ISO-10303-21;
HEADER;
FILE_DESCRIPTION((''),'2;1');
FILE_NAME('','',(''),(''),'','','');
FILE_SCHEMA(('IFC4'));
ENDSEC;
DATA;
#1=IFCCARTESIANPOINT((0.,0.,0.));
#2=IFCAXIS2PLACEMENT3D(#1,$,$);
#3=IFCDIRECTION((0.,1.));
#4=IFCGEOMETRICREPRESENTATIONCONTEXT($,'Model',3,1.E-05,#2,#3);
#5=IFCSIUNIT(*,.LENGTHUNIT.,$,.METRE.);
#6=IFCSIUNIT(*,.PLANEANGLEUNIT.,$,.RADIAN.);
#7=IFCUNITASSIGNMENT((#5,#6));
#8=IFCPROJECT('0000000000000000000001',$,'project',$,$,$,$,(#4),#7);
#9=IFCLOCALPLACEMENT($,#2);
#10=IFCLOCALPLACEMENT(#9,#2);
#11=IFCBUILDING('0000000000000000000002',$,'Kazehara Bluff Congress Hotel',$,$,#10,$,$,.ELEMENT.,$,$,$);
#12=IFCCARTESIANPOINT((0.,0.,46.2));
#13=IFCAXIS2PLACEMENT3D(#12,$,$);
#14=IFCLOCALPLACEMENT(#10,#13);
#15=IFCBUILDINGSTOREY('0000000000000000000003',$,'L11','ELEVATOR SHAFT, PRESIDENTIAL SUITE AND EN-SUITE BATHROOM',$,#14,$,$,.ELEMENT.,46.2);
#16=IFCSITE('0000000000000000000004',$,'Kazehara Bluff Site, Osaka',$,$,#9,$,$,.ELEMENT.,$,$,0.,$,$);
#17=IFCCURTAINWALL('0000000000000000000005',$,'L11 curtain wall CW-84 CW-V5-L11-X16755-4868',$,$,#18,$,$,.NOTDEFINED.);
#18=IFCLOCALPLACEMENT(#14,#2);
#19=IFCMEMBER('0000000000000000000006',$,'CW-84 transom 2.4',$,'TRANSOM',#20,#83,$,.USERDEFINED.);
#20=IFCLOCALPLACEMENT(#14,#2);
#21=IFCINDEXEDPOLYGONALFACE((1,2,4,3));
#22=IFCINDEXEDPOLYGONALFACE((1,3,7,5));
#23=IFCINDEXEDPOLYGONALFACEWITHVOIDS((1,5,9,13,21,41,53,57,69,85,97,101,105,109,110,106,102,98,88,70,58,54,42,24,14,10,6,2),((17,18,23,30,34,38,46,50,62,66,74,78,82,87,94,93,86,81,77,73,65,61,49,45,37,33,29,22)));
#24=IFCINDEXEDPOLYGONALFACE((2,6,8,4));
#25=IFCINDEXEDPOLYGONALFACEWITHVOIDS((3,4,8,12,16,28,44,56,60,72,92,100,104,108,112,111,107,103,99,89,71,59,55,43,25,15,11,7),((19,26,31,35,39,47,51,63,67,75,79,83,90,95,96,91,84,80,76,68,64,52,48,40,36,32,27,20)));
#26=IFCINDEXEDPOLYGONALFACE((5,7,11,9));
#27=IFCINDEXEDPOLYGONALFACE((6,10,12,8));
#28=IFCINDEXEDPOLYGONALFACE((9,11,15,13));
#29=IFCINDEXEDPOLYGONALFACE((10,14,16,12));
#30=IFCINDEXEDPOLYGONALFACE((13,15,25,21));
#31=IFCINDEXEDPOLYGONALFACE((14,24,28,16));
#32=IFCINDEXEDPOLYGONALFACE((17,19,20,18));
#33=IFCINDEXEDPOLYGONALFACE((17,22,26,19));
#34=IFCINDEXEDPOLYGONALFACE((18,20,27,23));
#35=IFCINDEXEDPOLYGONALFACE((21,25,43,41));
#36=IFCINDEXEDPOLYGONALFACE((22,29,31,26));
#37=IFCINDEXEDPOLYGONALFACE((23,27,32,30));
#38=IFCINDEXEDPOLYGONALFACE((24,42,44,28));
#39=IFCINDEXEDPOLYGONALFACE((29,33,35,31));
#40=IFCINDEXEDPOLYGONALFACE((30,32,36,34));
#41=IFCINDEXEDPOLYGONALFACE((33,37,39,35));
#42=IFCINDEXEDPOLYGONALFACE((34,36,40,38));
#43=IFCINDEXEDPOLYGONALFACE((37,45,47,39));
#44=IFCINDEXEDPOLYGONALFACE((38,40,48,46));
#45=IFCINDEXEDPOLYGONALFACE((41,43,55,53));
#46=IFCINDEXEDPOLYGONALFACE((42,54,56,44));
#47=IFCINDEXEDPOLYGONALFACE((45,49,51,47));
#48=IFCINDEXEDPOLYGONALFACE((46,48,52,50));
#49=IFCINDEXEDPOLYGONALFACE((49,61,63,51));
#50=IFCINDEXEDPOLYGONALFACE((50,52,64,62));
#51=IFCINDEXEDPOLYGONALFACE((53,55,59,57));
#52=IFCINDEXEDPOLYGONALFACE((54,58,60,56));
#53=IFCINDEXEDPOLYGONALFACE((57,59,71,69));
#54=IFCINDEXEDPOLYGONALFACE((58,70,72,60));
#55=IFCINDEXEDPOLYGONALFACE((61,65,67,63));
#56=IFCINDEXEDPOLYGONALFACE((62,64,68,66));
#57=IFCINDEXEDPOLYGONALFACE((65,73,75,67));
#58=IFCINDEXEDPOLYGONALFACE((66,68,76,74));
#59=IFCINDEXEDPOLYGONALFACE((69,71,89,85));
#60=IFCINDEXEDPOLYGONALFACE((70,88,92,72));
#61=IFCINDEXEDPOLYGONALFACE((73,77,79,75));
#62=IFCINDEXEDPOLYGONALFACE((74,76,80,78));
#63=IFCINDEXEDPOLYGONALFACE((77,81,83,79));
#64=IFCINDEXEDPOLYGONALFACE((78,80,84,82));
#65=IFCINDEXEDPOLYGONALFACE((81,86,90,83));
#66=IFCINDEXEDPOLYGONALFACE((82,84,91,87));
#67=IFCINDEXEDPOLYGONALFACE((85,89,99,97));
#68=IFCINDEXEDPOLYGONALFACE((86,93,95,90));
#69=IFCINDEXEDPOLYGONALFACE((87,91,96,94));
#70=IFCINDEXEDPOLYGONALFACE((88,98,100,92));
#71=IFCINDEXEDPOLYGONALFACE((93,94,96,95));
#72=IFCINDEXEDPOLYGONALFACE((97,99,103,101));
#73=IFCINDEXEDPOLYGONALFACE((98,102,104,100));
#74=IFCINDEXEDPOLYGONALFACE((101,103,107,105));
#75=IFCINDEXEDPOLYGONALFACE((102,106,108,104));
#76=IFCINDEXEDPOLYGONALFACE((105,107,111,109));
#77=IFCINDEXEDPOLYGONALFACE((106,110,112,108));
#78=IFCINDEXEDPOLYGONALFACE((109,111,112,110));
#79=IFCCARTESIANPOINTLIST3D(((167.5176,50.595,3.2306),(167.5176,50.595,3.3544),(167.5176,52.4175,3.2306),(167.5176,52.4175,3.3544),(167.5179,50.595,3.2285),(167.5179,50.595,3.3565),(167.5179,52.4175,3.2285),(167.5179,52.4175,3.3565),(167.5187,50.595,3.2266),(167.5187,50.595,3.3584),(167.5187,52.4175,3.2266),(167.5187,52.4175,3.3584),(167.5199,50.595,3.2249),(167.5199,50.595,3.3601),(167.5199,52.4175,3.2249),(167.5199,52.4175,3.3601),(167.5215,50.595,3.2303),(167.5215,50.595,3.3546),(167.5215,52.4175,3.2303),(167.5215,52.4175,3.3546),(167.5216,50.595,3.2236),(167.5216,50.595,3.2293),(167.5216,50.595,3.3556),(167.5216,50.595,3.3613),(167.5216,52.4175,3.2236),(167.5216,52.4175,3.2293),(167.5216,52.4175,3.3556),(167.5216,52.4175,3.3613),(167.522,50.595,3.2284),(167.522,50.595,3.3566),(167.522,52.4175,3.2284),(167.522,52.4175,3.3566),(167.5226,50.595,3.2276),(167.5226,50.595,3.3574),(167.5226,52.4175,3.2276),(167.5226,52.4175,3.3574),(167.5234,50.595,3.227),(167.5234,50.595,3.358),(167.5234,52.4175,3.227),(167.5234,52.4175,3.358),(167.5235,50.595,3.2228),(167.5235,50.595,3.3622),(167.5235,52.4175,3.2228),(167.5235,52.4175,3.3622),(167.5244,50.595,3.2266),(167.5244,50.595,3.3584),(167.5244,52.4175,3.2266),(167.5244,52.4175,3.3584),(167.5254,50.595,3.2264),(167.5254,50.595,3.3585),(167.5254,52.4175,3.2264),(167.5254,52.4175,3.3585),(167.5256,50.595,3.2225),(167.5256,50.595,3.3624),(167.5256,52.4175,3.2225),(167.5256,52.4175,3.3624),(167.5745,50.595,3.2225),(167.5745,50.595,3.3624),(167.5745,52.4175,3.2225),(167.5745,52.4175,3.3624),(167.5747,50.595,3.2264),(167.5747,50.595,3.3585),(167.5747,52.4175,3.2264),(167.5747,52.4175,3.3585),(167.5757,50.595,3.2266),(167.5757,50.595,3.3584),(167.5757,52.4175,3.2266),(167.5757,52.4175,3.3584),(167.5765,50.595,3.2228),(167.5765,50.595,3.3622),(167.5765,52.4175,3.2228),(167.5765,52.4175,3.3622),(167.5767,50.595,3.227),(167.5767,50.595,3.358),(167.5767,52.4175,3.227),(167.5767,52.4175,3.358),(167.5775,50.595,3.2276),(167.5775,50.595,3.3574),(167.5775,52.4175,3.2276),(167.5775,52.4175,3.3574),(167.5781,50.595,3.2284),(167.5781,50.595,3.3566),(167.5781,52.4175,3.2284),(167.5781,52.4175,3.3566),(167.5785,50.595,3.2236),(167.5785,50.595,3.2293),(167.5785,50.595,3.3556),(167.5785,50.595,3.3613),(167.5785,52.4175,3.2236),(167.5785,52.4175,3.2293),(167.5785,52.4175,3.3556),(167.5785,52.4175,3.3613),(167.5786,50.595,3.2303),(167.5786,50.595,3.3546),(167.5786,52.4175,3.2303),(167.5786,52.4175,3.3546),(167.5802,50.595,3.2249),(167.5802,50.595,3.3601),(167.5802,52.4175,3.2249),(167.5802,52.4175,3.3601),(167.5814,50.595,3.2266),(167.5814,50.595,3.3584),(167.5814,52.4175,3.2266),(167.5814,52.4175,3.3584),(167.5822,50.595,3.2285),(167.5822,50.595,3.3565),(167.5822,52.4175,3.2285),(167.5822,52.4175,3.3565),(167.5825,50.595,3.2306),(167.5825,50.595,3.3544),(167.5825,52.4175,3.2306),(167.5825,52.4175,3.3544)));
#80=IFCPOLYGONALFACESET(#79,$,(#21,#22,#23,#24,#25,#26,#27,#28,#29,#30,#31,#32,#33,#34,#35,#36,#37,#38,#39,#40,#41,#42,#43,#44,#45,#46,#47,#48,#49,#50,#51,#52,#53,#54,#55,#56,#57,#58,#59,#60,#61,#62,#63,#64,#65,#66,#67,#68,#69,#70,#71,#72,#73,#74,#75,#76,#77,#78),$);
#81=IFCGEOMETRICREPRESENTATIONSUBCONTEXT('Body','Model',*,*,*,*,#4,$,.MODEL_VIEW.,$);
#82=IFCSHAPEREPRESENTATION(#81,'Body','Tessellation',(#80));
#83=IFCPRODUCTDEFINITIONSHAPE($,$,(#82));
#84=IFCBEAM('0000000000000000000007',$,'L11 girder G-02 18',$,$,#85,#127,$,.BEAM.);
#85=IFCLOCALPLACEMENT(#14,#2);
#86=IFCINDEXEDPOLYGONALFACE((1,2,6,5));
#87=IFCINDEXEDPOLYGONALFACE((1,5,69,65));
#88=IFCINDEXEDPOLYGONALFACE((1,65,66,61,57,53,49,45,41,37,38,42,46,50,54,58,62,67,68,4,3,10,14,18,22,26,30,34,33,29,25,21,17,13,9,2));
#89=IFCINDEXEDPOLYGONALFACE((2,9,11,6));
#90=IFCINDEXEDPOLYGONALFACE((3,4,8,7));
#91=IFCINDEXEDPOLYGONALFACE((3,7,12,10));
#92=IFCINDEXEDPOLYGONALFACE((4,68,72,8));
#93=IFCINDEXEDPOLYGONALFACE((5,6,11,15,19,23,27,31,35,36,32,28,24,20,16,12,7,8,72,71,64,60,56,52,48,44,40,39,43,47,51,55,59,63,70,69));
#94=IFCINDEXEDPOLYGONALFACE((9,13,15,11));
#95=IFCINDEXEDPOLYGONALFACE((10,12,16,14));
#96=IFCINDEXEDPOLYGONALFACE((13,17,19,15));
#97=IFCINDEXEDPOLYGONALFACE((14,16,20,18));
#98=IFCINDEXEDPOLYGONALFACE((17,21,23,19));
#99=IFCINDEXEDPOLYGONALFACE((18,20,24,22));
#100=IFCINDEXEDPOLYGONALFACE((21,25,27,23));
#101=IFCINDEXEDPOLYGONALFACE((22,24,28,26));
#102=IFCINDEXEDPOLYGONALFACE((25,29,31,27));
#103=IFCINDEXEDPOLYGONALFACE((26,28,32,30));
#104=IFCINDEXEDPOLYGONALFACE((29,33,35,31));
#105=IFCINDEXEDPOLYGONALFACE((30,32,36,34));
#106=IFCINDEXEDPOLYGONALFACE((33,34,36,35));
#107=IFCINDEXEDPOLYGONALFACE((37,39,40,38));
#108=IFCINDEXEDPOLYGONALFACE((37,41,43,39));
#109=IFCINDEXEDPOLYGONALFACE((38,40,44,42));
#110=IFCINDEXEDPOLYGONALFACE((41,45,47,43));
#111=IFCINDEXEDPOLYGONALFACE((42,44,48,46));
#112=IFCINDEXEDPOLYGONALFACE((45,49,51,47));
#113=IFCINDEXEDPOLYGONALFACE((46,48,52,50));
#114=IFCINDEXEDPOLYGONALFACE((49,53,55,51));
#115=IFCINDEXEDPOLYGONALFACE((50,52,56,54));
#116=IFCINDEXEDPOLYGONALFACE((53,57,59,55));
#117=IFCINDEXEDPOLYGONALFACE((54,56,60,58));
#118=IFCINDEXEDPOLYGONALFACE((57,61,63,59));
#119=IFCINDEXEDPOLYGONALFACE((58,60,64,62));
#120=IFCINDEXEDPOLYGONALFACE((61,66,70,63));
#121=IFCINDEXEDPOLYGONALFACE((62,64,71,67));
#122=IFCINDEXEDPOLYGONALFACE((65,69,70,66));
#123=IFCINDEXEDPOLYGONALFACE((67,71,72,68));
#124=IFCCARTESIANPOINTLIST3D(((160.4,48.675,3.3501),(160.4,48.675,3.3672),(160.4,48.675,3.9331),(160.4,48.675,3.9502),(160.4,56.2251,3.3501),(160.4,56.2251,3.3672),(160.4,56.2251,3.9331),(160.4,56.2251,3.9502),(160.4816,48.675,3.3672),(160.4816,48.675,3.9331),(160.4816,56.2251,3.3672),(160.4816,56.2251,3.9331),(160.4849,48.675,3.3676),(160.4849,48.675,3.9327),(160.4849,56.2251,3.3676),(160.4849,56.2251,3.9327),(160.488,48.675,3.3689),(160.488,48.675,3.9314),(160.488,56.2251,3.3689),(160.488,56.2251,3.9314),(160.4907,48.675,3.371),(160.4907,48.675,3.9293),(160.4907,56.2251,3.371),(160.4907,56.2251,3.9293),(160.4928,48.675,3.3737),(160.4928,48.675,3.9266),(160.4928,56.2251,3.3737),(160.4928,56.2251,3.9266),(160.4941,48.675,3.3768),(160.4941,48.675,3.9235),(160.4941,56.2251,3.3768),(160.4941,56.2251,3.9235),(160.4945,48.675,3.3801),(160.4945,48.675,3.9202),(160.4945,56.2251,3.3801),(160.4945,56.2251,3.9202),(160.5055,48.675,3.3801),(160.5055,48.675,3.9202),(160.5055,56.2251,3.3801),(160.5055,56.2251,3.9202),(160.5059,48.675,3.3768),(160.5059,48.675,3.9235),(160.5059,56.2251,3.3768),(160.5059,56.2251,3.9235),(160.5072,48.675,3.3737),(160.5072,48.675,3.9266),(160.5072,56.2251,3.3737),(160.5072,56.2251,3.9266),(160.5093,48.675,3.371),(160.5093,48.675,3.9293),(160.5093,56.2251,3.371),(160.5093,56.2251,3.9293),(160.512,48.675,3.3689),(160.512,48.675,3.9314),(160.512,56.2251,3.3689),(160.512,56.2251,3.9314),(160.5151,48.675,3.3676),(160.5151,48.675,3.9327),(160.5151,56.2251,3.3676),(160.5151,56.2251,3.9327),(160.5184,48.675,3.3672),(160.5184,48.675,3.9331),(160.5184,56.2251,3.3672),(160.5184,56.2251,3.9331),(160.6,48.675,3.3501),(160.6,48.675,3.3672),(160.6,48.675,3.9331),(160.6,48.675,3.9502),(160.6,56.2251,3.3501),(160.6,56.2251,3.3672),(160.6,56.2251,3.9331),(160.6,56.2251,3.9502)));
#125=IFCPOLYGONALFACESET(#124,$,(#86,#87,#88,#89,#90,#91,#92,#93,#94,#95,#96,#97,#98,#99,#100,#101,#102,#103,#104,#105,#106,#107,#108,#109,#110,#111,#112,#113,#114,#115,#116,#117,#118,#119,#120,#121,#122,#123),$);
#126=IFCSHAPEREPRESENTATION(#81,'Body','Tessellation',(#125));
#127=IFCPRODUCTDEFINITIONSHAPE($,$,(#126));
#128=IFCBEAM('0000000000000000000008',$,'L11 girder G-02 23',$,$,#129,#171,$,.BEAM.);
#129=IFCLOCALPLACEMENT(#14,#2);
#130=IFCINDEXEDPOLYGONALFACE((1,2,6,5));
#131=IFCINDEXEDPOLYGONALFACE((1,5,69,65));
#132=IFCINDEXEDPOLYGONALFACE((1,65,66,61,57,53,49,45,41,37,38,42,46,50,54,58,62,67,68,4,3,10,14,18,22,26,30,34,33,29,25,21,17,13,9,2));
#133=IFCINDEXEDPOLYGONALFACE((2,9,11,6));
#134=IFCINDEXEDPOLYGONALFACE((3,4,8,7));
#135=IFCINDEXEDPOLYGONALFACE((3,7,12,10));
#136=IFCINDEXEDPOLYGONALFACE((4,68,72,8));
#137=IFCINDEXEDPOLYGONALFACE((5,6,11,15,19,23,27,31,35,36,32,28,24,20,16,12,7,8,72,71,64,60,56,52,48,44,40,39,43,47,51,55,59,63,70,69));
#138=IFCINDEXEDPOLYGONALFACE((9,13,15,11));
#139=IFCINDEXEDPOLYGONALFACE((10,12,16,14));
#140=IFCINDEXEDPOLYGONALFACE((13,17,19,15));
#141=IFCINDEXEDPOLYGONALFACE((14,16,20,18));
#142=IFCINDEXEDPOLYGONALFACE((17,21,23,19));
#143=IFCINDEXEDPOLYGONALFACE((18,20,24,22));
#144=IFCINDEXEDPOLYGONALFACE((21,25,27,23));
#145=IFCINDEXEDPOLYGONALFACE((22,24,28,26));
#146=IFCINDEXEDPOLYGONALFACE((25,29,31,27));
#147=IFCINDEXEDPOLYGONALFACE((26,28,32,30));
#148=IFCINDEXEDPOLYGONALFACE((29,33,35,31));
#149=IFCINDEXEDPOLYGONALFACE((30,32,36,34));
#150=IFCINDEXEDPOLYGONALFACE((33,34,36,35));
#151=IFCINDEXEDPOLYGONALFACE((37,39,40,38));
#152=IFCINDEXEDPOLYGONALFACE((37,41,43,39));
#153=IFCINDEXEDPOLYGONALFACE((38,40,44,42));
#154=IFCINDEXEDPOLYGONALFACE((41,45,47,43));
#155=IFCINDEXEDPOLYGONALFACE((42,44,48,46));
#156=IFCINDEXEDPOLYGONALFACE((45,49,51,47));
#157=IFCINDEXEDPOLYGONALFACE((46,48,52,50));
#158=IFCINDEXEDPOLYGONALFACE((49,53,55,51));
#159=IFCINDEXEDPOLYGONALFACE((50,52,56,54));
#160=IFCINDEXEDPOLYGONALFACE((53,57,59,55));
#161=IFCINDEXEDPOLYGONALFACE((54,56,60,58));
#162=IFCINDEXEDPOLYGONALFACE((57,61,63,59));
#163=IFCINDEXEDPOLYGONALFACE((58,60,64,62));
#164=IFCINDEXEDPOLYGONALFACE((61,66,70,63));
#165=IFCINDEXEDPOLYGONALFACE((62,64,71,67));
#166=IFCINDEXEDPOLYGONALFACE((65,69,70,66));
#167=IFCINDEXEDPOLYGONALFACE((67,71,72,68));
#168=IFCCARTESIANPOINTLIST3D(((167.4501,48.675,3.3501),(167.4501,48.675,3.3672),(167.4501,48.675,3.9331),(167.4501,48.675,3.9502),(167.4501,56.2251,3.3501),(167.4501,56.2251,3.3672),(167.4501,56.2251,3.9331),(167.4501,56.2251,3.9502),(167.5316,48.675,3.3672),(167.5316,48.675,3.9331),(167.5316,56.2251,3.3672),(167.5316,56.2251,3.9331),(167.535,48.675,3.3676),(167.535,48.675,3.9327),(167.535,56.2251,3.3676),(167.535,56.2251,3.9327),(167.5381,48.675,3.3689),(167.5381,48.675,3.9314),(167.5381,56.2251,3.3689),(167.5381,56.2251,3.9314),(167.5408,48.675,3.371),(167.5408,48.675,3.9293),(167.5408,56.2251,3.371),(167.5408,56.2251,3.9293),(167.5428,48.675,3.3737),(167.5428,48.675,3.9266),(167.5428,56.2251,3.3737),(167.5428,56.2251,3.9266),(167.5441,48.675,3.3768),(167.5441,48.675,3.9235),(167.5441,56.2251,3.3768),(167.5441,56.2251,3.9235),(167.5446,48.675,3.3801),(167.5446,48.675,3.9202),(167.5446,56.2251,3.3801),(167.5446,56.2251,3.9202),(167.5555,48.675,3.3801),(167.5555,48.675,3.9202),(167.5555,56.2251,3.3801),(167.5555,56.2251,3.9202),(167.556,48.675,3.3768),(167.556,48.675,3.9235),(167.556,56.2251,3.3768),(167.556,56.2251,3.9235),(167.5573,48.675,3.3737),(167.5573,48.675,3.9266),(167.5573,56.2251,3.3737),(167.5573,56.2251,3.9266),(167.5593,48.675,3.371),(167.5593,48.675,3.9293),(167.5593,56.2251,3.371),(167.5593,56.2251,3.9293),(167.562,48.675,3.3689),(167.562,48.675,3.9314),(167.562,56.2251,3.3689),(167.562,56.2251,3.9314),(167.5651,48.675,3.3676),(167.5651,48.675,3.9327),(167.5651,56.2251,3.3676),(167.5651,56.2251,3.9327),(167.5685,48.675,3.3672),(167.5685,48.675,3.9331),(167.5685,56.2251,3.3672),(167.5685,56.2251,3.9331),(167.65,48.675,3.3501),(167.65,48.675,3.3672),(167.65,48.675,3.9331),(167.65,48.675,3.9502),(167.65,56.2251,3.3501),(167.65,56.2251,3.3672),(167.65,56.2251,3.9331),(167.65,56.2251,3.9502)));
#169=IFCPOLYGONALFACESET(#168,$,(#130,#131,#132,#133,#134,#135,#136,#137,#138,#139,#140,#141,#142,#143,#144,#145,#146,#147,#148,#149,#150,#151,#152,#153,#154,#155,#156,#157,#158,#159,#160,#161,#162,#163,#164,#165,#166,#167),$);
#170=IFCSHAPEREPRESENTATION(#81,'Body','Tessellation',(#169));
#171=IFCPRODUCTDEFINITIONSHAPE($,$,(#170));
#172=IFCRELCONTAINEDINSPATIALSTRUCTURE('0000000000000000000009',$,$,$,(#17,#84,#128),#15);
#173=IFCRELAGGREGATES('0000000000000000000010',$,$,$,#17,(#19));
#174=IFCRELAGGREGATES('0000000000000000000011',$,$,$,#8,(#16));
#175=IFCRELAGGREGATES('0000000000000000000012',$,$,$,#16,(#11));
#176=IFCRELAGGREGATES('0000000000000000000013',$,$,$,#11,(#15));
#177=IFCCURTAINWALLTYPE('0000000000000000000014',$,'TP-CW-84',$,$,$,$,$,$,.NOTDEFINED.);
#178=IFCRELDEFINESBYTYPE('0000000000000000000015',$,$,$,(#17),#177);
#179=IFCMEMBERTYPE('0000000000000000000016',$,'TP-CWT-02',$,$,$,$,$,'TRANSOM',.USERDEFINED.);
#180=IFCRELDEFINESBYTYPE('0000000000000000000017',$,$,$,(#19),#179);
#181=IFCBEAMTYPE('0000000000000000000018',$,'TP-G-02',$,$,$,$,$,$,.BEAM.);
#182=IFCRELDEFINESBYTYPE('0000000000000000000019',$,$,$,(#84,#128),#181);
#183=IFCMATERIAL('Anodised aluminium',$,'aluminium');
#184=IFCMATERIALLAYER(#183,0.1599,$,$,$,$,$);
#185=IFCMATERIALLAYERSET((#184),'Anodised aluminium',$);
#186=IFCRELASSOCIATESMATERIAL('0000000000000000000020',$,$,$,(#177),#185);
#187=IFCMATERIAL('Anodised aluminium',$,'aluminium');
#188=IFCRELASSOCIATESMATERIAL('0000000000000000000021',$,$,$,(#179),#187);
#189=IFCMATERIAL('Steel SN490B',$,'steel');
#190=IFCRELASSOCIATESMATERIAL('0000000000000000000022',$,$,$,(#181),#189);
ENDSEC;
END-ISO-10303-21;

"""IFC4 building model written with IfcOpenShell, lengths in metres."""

from ifc_helpers import new_model, si_unit, direction, frame, origin, origin_2d, place, context, subcontext, project, spatial, hollow_rectangle, i_section, extrude, material, layer, layer_set, material_profile, profile_set, type_object, element, aggregate, save


model = new_model("IFC4")

# Units and contexts
model_context = context("Model", 3, precision=1e-05, world=origin(), true_north=direction((0.0, 1.0)))
body_context = subcontext(model_context, "Body", "Model", "MODEL_VIEW")
ifc_project = project(units=[si_unit("LENGTHUNIT", "METRE"), si_unit("PLANEANGLEUNIT", "RADIAN")], contexts=[model_context])

# Site, building, storey
site_placement = place(None, origin())
site = spatial("IfcSite", under=ifc_project, at=site_placement, Name="Kazehara Bluff Site, Osaka", CompositionType="ELEMENT", RefElevation=0.0)
building_placement = place(site_placement, origin())
building = spatial("IfcBuilding", under=site, at=building_placement, Name="Kazehara Bluff Congress Hotel", CompositionType="ELEMENT")
storey_placement = place(building_placement, frame((0.0, 0.0, 46.2)))
storey = spatial("IfcBuildingStorey", under=building, at=storey_placement, Name="L11", Description="ELEVATOR SHAFT, PRESIDENTIAL SUITE AND EN-SUITE BATHROOM", CompositionType="ELEMENT", Elevation=46.2)

# Curtain wall, member
ifc_material_1 = material(Name="Anodised aluminium", Category="aluminium")
ifc_layer_1 = layer(ifc_material_1, 0.1599)
ifc_layer_set_1 = layer_set([ifc_layer_1], Name="Anodised aluminium")
curtain_wall_type = type_object("IfcCurtainWallType", Name="TP-CW-84", PredefinedType="NOTDEFINED", material=ifc_layer_set_1)
curtain_wall_placement = place(storey_placement, origin())
curtain_wall = element("IfcCurtainWall", 1, at=curtain_wall_placement, inside=storey, type_object=curtain_wall_type, Name="L11 curtain wall CW-84 CW-V5-L11-X16755-4868", PredefinedType="NOTDEFINED")
ifc_material_2 = material(Name="Anodised aluminium", Category="aluminium")
ifc_material_profile_1 = material_profile(ifc_material_2, hollow_rectangle(XDim=0.0649, YDim=0.1399, WallThickness=0.0039, InnerFilletRadius=0.0039, OuterFilletRadius=0.0081, at=origin_2d()))
ifc_profile_set_1 = profile_set([ifc_material_profile_1], Name="Anodised aluminium")
member_type_1 = type_object("IfcMemberType", Name="TP-CWT-02", ElementType="TRANSOM", PredefinedType="USERDEFINED", material=ifc_profile_set_1)
member_1_placement = place(storey_placement, frame((167.55, 50.595, 3.2925), z_axis=(0.0, 1.0, 0.0), x_axis=(-1.0, 0.0, 0.0)))
member_1 = element("IfcMember", 2, at=member_1_placement, type_object=member_type_1, Name="CW-84 transom 2.4", ObjectType="TRANSOM", PredefinedType="USERDEFINED", context=body_context, shape_type="SweptSolid", body=[
    extrude(hollow_rectangle(XDim=0.0649, YDim=0.1399, WallThickness=0.0039, InnerFilletRadius=0.0039, OuterFilletRadius=0.0081, at=origin_2d()), origin(), (0.0, 0.0, 1.0), 1.8225),
])

# Beams
ifc_material_3 = material(Name="Steel SN490B", Category="steel")
ifc_material_profile_2 = material_profile(ifc_material_3, i_section(OverallWidth=0.2, OverallDepth=0.6001, WebThickness=0.011, FlangeThickness=0.0171, FilletRadius=0.0129, at=origin_2d()))
ifc_profile_set_2 = profile_set([ifc_material_profile_2], Name="Steel SN490B")
beam_type_1 = type_object("IfcBeamType", Name="TP-G-02", PredefinedType="BEAM", material=ifc_profile_set_2)
for number, where, z_axis, x_axis, name in (
    (3, (160.5, 48.675, 3.6501), (0.0, 1.0, 0.0), (-1.0, 0.0, 0.0), "L11 girder G-02 18"),
    (4, (167.55, 48.675, 3.6501), (0.0, 1.0, 0.0), (-1.0, 0.0, 0.0), "L11 girder G-02 23"),
):
    element("IfcBeam", number, at=place(storey_placement, frame(where, z_axis=z_axis, x_axis=x_axis)), inside=storey, type_object=beam_type_1, Name=name, PredefinedType="BEAM", context=body_context, shape_type="SweptSolid", body=[
        extrude(i_section(OverallWidth=0.2, OverallDepth=0.6001, WebThickness=0.011, FlangeThickness=0.0171, FilletRadius=0.0129, at=origin_2d()), origin(), (0.0, 0.0, 1.0), 7.55),
    ])

aggregate(curtain_wall, [member_1])

save(model, "model.ifc")
